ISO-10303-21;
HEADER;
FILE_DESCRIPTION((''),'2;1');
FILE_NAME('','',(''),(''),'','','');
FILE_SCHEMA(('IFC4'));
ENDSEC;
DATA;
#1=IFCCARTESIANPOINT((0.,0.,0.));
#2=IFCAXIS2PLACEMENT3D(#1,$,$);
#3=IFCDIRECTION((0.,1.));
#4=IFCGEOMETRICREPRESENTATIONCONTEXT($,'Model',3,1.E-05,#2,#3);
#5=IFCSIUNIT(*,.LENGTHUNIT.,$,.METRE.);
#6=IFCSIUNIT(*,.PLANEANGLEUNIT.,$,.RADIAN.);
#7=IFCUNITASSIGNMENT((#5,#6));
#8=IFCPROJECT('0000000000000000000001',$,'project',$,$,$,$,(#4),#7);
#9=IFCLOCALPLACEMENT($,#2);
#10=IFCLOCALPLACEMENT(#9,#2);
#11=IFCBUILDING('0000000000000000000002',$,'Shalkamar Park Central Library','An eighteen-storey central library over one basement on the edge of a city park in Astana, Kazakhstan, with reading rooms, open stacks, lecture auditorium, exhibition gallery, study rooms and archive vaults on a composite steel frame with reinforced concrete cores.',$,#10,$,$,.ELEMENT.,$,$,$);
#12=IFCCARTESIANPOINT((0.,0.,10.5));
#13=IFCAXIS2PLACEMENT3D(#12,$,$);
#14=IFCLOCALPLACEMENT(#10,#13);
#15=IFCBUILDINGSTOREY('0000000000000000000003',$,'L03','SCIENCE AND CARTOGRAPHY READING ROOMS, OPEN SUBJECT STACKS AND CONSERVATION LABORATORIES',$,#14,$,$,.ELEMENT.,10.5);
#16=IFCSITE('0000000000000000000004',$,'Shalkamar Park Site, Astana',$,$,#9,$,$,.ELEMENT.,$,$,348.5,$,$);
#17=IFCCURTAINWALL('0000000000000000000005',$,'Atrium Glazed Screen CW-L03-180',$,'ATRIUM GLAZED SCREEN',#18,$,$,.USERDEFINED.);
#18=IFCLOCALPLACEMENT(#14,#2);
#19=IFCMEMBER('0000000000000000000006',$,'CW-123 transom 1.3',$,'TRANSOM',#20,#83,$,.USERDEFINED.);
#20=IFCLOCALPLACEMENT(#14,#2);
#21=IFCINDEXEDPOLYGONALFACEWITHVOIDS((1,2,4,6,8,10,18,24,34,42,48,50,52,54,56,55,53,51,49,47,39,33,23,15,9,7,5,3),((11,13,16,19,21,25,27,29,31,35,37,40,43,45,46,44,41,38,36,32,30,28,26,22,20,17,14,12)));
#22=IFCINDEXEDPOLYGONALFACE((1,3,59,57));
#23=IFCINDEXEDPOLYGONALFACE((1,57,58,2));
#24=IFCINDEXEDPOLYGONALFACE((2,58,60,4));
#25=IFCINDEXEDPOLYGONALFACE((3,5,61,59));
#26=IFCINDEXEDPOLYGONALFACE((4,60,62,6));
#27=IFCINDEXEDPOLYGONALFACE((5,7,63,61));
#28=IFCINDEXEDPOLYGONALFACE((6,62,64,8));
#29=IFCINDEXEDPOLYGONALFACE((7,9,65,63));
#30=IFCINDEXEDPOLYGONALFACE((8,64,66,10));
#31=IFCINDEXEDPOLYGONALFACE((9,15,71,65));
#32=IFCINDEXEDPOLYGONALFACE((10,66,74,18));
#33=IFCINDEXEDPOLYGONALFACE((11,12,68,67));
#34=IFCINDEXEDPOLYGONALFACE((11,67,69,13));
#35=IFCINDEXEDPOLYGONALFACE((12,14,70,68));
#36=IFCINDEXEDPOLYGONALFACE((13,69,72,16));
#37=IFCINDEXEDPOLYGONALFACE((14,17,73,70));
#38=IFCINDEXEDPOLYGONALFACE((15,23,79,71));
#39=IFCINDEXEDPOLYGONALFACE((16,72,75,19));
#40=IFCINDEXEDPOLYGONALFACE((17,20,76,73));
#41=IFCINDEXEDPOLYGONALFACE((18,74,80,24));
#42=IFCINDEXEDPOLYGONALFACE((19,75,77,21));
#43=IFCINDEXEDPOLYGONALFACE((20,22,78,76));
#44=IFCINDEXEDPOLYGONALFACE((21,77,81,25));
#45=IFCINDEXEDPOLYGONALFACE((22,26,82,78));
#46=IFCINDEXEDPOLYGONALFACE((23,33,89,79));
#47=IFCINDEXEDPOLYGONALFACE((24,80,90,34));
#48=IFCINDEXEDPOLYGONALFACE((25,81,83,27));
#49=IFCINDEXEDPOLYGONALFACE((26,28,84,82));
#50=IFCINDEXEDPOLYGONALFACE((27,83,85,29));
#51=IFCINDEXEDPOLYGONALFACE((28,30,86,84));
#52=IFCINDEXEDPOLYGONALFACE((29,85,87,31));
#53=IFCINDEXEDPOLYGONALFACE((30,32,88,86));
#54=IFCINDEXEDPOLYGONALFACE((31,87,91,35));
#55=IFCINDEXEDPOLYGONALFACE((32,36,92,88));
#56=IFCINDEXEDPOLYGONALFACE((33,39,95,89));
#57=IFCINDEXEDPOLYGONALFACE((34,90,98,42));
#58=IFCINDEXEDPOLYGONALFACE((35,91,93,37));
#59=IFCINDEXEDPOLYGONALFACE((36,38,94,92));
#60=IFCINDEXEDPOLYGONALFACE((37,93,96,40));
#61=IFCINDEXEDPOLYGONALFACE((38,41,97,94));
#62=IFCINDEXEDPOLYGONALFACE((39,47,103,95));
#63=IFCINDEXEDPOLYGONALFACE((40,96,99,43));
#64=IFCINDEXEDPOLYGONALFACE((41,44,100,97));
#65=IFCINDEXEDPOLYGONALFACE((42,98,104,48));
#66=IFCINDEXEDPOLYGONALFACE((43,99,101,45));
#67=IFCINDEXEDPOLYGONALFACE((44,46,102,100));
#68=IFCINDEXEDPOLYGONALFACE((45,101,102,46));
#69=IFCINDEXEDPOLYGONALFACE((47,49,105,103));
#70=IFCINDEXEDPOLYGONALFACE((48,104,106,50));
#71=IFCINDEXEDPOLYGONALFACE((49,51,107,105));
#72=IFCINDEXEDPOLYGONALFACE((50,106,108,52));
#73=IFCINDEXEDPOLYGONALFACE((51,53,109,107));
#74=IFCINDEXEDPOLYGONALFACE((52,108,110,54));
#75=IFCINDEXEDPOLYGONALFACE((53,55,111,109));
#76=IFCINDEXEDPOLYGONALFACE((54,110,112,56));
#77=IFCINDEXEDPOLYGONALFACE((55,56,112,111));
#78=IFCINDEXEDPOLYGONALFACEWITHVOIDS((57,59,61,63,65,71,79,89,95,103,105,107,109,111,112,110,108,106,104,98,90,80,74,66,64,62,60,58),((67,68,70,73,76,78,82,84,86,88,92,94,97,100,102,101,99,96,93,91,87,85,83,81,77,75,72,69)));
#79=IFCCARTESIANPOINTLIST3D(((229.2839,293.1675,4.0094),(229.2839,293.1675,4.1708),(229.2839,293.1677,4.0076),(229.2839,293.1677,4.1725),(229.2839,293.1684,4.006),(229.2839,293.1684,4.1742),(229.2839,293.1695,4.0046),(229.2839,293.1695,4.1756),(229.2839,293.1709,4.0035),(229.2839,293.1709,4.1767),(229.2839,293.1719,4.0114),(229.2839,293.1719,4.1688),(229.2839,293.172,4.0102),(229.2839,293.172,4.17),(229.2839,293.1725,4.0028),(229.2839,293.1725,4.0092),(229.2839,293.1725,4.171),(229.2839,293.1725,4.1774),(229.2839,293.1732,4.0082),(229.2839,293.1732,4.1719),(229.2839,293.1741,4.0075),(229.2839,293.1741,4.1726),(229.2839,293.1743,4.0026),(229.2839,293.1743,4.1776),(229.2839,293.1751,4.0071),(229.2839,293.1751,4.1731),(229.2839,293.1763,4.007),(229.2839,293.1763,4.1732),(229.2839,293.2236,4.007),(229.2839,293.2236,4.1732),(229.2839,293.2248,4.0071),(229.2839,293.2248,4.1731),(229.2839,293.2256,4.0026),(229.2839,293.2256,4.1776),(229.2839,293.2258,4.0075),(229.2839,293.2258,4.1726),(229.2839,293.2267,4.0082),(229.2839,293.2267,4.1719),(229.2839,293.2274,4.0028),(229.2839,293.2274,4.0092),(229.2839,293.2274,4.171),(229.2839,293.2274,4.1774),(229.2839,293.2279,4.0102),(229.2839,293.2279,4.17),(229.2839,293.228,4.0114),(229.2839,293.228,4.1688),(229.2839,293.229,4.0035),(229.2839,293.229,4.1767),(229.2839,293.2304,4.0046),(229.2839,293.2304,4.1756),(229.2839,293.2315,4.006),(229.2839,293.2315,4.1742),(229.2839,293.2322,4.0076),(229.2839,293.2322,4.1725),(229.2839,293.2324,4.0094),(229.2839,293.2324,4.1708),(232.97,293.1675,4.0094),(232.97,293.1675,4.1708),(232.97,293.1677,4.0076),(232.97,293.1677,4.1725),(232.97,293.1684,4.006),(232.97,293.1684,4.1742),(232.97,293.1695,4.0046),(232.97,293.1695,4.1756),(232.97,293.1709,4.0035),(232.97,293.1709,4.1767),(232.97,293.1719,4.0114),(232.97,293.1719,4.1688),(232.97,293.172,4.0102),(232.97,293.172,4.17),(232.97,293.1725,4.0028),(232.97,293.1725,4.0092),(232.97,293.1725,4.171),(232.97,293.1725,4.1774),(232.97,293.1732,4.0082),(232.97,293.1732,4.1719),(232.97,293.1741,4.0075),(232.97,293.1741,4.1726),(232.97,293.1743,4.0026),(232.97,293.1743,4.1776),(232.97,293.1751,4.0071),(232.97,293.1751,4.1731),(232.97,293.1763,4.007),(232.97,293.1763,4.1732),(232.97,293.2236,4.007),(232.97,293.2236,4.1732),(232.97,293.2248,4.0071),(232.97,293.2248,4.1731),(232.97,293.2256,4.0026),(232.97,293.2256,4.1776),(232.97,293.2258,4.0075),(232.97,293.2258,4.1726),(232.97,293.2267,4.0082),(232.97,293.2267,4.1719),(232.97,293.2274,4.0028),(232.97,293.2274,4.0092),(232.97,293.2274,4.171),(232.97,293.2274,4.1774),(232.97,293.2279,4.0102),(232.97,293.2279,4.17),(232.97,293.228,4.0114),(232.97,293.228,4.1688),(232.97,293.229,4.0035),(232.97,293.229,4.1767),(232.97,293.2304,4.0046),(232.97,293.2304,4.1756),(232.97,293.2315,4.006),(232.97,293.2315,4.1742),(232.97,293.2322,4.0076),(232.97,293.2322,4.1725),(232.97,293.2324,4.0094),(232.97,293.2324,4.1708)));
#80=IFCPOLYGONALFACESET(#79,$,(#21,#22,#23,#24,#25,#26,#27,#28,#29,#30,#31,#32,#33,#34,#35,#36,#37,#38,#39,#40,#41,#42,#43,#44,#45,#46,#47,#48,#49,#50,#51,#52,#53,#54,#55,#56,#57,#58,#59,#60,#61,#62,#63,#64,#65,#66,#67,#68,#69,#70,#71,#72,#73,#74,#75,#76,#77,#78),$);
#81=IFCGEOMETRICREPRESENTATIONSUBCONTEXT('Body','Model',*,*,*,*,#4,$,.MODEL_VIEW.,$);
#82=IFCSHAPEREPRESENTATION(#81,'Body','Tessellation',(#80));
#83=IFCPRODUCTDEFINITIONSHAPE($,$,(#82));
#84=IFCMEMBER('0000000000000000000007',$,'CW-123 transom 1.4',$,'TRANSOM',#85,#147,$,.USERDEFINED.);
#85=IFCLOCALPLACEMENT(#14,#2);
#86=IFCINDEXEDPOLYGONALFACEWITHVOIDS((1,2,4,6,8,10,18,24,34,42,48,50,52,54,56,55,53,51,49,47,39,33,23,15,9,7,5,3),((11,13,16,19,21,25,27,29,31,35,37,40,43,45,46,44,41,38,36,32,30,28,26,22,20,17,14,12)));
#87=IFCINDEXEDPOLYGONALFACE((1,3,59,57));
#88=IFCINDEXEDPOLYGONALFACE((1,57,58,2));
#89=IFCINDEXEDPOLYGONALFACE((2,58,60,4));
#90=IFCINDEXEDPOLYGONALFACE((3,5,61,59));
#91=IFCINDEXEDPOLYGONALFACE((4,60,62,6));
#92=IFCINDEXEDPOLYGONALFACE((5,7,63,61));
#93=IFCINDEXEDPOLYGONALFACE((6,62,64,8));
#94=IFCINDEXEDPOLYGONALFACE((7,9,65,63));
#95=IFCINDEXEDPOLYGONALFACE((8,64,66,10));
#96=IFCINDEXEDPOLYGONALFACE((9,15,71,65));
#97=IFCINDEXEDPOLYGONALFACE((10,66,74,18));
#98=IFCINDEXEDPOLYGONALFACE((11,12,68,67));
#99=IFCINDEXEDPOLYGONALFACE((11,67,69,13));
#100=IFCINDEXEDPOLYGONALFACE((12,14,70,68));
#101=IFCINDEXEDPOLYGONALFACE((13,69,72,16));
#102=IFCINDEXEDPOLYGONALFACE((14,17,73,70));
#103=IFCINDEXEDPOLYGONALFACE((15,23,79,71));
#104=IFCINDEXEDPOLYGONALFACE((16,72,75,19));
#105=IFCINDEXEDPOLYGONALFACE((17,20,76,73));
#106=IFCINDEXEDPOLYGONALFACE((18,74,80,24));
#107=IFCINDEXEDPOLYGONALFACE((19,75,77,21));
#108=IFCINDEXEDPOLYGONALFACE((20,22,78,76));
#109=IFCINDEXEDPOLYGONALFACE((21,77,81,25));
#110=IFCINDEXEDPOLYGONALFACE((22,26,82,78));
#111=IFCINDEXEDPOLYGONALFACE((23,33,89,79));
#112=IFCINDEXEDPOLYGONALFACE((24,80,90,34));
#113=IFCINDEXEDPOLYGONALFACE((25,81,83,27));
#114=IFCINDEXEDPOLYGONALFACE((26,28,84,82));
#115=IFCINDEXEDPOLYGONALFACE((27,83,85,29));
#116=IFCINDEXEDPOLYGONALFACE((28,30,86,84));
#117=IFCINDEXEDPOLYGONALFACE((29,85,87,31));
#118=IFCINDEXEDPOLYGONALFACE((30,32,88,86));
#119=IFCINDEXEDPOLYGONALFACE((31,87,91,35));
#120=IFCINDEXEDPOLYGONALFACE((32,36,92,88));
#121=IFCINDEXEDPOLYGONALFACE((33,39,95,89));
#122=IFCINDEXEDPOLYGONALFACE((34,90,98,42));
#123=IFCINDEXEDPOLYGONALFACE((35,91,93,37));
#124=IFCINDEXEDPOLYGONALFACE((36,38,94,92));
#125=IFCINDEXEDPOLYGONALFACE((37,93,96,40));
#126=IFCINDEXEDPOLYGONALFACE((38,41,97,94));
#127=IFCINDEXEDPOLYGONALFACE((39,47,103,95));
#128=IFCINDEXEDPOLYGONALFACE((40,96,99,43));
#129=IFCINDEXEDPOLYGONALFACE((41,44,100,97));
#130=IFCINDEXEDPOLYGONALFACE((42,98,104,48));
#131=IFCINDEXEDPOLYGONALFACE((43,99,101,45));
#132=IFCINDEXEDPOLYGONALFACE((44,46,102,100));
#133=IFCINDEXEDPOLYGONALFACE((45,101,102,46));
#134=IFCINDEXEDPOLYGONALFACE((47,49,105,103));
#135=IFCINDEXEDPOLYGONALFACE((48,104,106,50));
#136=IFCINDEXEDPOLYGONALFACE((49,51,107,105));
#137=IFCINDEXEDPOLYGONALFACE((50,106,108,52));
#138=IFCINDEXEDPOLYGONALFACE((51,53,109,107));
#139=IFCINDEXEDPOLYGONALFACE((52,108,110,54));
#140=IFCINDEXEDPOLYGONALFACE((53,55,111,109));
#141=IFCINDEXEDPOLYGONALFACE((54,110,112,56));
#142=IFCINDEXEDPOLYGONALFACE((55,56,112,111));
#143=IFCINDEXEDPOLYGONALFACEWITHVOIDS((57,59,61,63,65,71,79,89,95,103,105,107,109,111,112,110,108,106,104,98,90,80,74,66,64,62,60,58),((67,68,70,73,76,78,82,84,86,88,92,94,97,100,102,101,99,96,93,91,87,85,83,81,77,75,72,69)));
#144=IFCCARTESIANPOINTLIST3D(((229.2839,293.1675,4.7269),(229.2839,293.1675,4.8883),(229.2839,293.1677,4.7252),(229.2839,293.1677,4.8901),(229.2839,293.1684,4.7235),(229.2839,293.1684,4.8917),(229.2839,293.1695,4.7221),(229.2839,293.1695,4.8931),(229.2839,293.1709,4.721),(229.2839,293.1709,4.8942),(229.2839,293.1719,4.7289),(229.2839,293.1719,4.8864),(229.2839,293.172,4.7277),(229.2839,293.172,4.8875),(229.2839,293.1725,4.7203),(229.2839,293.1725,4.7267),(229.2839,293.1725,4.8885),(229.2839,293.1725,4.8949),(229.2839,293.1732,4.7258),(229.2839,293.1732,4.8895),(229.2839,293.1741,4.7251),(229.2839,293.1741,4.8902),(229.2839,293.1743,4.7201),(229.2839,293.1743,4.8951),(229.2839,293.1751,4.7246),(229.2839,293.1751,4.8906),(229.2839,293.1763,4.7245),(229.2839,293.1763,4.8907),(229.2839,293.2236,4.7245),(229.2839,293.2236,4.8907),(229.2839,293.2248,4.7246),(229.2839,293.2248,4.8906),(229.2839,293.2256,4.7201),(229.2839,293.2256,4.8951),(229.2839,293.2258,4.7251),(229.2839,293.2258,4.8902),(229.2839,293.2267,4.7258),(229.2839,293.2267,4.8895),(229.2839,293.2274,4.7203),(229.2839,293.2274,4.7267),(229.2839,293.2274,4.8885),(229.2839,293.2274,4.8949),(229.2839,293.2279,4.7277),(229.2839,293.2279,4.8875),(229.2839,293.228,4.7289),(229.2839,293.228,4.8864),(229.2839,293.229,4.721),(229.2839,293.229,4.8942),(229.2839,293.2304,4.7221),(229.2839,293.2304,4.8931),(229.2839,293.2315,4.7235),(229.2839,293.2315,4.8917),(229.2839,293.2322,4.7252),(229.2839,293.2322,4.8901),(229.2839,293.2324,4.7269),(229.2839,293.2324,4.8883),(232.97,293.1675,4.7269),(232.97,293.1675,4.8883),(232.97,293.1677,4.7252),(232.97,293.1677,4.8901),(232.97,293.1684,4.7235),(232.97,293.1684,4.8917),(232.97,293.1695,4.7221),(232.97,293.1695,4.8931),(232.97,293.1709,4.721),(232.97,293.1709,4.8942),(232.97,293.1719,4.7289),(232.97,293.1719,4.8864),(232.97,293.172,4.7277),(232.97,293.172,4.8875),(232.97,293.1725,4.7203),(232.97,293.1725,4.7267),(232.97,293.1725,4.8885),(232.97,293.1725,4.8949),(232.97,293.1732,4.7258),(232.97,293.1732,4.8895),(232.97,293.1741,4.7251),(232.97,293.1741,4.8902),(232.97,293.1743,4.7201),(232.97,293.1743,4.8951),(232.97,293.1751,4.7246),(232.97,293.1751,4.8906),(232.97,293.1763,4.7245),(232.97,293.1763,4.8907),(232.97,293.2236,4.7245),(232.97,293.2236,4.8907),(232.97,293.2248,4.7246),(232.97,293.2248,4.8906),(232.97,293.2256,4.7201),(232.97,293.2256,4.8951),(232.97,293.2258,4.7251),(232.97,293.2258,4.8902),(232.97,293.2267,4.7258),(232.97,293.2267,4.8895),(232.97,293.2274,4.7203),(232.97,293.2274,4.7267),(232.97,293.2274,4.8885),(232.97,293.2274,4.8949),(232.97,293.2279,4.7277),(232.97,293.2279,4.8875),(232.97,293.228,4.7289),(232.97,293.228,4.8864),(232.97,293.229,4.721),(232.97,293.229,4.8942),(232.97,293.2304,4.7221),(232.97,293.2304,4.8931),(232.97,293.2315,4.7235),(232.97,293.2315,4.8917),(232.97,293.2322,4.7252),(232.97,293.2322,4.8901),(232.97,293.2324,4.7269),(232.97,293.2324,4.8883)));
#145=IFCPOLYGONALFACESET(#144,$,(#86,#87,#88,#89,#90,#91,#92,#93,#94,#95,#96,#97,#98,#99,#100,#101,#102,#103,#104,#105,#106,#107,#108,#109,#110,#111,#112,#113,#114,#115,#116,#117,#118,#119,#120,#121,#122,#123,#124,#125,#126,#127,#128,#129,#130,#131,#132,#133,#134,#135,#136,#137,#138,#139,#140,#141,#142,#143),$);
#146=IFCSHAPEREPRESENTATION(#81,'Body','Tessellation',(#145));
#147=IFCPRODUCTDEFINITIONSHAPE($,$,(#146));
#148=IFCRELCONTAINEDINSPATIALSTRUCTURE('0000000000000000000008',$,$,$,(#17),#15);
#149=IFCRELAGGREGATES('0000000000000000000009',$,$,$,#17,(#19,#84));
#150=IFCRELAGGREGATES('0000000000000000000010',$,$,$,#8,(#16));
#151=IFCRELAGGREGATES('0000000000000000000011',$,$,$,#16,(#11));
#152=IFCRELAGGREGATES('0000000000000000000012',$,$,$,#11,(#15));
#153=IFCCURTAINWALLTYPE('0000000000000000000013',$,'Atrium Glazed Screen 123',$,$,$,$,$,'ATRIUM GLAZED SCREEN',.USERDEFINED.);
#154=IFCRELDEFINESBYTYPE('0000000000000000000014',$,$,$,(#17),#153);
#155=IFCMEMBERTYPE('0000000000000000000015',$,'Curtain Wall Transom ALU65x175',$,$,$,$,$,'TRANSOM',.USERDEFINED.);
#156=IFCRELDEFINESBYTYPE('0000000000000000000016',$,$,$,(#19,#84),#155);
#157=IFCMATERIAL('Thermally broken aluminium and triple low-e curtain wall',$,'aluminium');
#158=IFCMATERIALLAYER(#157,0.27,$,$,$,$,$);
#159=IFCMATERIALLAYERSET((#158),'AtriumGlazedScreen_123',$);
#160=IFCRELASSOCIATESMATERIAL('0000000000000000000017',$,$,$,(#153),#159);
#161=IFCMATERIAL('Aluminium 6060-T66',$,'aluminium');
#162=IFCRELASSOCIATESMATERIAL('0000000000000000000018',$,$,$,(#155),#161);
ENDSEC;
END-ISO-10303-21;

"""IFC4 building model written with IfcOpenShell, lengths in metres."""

from ifc_helpers import new_model, si_unit, direction, frame, origin, origin_2d, place, context, subcontext, project, spatial, hollow_rectangle, extrude, material, layer, layer_set, material_profile, profile_set, type_object, element, aggregate, save


model = new_model("IFC4")

# Units and contexts
model_context = context("Model", 3, precision=1e-05, world=origin(), true_north=direction((0.0, 1.0)))
body_context = subcontext(model_context, "Body", "Model", "MODEL_VIEW")
ifc_project = project(units=[si_unit("LENGTHUNIT", "METRE"), si_unit("PLANEANGLEUNIT", "RADIAN")], contexts=[model_context])

# Site, building, storey
site_placement = place(None, origin())
site = spatial("IfcSite", under=ifc_project, at=site_placement, Name="Shalkamar Park Site, Astana", CompositionType="ELEMENT", RefElevation=348.5)
building_placement = place(site_placement, origin())
building = spatial("IfcBuilding", under=site, at=building_placement, Name="Shalkamar Park Central Library", Description="An eighteen-storey central library over one basement on the edge of a city park in Astana, Kazakhstan, with reading rooms, open stacks, lecture auditorium, exhibition gallery, study rooms and archive vaults on a composite steel frame with reinforced concrete cores.", CompositionType="ELEMENT")
storey_placement = place(building_placement, frame((0.0, 0.0, 10.5)))
storey = spatial("IfcBuildingStorey", under=building, at=storey_placement, Name="L03", Description="SCIENCE AND CARTOGRAPHY READING ROOMS, OPEN SUBJECT STACKS AND CONSERVATION LABORATORIES", CompositionType="ELEMENT", Elevation=10.5)

# Curtain wall, members
ifc_material_1 = material(Name="Thermally broken aluminium and triple low-e curtain wall", Category="aluminium")
ifc_layer_1 = layer(ifc_material_1, 0.27)
ifc_layer_set_1 = layer_set([ifc_layer_1], Name="AtriumGlazedScreen_123")
curtain_wall_type = type_object("IfcCurtainWallType", Name="Atrium Glazed Screen 123", ElementType="ATRIUM GLAZED SCREEN", PredefinedType="USERDEFINED", material=ifc_layer_set_1)
curtain_wall_placement = place(storey_placement, origin())
curtain_wall = element("IfcCurtainWall", 1, at=curtain_wall_placement, inside=storey, type_object=curtain_wall_type, Name="Atrium Glazed Screen CW-L03-180", ObjectType="ATRIUM GLAZED SCREEN", PredefinedType="USERDEFINED")
ifc_material_2 = material(Name="Aluminium 6060-T66", Category="aluminium")
ifc_material_profile_1 = material_profile(ifc_material_2, hollow_rectangle(XDim=0.0649, YDim=0.175, WallThickness=0.0044, InnerFilletRadius=0.0044, OuterFilletRadius=0.0068, at=origin_2d()), Name="ALU 65x175x4.5")
ifc_profile_set_1 = profile_set([ifc_material_profile_1], Name="Aluminium 6060-T66")
member_type_1 = type_object("IfcMemberType", Name="Curtain Wall Transom ALU65x175", ElementType="TRANSOM", PredefinedType="USERDEFINED", material=ifc_profile_set_1)
member_1_placement = place(storey_placement, frame((229.2839, 293.2, 4.0901), z_axis=(1.0, 0.0, 0.0), x_axis=(0.0, 1.0, 0.0)))
member_1 = element("IfcMember", 2, at=member_1_placement, type_object=member_type_1, Name="CW-123 transom 1.3", ObjectType="TRANSOM", PredefinedType="USERDEFINED", context=body_context, shape_type="SweptSolid", body=[
    extrude(hollow_rectangle(XDim=0.0649, YDim=0.175, WallThickness=0.0044, InnerFilletRadius=0.0044, OuterFilletRadius=0.0068, at=origin_2d()), origin(), (0.0, 0.0, 1.0), 3.686),
])
member_2_placement = place(storey_placement, frame((229.2839, 293.2, 4.8076), z_axis=(1.0, 0.0, 0.0), x_axis=(0.0, 1.0, 0.0)))
member_2 = element("IfcMember", 3, at=member_2_placement, type_object=member_type_1, Name="CW-123 transom 1.4", ObjectType="TRANSOM", PredefinedType="USERDEFINED", context=body_context, shape_type="SweptSolid", body=[
    extrude(hollow_rectangle(XDim=0.0649, YDim=0.175, WallThickness=0.0044, InnerFilletRadius=0.0044, OuterFilletRadius=0.0068, at=origin_2d()), origin(), (0.0, 0.0, 1.0), 3.686),
])

aggregate(curtain_wall, [member_1, member_2])

save(model, "model.ifc")
